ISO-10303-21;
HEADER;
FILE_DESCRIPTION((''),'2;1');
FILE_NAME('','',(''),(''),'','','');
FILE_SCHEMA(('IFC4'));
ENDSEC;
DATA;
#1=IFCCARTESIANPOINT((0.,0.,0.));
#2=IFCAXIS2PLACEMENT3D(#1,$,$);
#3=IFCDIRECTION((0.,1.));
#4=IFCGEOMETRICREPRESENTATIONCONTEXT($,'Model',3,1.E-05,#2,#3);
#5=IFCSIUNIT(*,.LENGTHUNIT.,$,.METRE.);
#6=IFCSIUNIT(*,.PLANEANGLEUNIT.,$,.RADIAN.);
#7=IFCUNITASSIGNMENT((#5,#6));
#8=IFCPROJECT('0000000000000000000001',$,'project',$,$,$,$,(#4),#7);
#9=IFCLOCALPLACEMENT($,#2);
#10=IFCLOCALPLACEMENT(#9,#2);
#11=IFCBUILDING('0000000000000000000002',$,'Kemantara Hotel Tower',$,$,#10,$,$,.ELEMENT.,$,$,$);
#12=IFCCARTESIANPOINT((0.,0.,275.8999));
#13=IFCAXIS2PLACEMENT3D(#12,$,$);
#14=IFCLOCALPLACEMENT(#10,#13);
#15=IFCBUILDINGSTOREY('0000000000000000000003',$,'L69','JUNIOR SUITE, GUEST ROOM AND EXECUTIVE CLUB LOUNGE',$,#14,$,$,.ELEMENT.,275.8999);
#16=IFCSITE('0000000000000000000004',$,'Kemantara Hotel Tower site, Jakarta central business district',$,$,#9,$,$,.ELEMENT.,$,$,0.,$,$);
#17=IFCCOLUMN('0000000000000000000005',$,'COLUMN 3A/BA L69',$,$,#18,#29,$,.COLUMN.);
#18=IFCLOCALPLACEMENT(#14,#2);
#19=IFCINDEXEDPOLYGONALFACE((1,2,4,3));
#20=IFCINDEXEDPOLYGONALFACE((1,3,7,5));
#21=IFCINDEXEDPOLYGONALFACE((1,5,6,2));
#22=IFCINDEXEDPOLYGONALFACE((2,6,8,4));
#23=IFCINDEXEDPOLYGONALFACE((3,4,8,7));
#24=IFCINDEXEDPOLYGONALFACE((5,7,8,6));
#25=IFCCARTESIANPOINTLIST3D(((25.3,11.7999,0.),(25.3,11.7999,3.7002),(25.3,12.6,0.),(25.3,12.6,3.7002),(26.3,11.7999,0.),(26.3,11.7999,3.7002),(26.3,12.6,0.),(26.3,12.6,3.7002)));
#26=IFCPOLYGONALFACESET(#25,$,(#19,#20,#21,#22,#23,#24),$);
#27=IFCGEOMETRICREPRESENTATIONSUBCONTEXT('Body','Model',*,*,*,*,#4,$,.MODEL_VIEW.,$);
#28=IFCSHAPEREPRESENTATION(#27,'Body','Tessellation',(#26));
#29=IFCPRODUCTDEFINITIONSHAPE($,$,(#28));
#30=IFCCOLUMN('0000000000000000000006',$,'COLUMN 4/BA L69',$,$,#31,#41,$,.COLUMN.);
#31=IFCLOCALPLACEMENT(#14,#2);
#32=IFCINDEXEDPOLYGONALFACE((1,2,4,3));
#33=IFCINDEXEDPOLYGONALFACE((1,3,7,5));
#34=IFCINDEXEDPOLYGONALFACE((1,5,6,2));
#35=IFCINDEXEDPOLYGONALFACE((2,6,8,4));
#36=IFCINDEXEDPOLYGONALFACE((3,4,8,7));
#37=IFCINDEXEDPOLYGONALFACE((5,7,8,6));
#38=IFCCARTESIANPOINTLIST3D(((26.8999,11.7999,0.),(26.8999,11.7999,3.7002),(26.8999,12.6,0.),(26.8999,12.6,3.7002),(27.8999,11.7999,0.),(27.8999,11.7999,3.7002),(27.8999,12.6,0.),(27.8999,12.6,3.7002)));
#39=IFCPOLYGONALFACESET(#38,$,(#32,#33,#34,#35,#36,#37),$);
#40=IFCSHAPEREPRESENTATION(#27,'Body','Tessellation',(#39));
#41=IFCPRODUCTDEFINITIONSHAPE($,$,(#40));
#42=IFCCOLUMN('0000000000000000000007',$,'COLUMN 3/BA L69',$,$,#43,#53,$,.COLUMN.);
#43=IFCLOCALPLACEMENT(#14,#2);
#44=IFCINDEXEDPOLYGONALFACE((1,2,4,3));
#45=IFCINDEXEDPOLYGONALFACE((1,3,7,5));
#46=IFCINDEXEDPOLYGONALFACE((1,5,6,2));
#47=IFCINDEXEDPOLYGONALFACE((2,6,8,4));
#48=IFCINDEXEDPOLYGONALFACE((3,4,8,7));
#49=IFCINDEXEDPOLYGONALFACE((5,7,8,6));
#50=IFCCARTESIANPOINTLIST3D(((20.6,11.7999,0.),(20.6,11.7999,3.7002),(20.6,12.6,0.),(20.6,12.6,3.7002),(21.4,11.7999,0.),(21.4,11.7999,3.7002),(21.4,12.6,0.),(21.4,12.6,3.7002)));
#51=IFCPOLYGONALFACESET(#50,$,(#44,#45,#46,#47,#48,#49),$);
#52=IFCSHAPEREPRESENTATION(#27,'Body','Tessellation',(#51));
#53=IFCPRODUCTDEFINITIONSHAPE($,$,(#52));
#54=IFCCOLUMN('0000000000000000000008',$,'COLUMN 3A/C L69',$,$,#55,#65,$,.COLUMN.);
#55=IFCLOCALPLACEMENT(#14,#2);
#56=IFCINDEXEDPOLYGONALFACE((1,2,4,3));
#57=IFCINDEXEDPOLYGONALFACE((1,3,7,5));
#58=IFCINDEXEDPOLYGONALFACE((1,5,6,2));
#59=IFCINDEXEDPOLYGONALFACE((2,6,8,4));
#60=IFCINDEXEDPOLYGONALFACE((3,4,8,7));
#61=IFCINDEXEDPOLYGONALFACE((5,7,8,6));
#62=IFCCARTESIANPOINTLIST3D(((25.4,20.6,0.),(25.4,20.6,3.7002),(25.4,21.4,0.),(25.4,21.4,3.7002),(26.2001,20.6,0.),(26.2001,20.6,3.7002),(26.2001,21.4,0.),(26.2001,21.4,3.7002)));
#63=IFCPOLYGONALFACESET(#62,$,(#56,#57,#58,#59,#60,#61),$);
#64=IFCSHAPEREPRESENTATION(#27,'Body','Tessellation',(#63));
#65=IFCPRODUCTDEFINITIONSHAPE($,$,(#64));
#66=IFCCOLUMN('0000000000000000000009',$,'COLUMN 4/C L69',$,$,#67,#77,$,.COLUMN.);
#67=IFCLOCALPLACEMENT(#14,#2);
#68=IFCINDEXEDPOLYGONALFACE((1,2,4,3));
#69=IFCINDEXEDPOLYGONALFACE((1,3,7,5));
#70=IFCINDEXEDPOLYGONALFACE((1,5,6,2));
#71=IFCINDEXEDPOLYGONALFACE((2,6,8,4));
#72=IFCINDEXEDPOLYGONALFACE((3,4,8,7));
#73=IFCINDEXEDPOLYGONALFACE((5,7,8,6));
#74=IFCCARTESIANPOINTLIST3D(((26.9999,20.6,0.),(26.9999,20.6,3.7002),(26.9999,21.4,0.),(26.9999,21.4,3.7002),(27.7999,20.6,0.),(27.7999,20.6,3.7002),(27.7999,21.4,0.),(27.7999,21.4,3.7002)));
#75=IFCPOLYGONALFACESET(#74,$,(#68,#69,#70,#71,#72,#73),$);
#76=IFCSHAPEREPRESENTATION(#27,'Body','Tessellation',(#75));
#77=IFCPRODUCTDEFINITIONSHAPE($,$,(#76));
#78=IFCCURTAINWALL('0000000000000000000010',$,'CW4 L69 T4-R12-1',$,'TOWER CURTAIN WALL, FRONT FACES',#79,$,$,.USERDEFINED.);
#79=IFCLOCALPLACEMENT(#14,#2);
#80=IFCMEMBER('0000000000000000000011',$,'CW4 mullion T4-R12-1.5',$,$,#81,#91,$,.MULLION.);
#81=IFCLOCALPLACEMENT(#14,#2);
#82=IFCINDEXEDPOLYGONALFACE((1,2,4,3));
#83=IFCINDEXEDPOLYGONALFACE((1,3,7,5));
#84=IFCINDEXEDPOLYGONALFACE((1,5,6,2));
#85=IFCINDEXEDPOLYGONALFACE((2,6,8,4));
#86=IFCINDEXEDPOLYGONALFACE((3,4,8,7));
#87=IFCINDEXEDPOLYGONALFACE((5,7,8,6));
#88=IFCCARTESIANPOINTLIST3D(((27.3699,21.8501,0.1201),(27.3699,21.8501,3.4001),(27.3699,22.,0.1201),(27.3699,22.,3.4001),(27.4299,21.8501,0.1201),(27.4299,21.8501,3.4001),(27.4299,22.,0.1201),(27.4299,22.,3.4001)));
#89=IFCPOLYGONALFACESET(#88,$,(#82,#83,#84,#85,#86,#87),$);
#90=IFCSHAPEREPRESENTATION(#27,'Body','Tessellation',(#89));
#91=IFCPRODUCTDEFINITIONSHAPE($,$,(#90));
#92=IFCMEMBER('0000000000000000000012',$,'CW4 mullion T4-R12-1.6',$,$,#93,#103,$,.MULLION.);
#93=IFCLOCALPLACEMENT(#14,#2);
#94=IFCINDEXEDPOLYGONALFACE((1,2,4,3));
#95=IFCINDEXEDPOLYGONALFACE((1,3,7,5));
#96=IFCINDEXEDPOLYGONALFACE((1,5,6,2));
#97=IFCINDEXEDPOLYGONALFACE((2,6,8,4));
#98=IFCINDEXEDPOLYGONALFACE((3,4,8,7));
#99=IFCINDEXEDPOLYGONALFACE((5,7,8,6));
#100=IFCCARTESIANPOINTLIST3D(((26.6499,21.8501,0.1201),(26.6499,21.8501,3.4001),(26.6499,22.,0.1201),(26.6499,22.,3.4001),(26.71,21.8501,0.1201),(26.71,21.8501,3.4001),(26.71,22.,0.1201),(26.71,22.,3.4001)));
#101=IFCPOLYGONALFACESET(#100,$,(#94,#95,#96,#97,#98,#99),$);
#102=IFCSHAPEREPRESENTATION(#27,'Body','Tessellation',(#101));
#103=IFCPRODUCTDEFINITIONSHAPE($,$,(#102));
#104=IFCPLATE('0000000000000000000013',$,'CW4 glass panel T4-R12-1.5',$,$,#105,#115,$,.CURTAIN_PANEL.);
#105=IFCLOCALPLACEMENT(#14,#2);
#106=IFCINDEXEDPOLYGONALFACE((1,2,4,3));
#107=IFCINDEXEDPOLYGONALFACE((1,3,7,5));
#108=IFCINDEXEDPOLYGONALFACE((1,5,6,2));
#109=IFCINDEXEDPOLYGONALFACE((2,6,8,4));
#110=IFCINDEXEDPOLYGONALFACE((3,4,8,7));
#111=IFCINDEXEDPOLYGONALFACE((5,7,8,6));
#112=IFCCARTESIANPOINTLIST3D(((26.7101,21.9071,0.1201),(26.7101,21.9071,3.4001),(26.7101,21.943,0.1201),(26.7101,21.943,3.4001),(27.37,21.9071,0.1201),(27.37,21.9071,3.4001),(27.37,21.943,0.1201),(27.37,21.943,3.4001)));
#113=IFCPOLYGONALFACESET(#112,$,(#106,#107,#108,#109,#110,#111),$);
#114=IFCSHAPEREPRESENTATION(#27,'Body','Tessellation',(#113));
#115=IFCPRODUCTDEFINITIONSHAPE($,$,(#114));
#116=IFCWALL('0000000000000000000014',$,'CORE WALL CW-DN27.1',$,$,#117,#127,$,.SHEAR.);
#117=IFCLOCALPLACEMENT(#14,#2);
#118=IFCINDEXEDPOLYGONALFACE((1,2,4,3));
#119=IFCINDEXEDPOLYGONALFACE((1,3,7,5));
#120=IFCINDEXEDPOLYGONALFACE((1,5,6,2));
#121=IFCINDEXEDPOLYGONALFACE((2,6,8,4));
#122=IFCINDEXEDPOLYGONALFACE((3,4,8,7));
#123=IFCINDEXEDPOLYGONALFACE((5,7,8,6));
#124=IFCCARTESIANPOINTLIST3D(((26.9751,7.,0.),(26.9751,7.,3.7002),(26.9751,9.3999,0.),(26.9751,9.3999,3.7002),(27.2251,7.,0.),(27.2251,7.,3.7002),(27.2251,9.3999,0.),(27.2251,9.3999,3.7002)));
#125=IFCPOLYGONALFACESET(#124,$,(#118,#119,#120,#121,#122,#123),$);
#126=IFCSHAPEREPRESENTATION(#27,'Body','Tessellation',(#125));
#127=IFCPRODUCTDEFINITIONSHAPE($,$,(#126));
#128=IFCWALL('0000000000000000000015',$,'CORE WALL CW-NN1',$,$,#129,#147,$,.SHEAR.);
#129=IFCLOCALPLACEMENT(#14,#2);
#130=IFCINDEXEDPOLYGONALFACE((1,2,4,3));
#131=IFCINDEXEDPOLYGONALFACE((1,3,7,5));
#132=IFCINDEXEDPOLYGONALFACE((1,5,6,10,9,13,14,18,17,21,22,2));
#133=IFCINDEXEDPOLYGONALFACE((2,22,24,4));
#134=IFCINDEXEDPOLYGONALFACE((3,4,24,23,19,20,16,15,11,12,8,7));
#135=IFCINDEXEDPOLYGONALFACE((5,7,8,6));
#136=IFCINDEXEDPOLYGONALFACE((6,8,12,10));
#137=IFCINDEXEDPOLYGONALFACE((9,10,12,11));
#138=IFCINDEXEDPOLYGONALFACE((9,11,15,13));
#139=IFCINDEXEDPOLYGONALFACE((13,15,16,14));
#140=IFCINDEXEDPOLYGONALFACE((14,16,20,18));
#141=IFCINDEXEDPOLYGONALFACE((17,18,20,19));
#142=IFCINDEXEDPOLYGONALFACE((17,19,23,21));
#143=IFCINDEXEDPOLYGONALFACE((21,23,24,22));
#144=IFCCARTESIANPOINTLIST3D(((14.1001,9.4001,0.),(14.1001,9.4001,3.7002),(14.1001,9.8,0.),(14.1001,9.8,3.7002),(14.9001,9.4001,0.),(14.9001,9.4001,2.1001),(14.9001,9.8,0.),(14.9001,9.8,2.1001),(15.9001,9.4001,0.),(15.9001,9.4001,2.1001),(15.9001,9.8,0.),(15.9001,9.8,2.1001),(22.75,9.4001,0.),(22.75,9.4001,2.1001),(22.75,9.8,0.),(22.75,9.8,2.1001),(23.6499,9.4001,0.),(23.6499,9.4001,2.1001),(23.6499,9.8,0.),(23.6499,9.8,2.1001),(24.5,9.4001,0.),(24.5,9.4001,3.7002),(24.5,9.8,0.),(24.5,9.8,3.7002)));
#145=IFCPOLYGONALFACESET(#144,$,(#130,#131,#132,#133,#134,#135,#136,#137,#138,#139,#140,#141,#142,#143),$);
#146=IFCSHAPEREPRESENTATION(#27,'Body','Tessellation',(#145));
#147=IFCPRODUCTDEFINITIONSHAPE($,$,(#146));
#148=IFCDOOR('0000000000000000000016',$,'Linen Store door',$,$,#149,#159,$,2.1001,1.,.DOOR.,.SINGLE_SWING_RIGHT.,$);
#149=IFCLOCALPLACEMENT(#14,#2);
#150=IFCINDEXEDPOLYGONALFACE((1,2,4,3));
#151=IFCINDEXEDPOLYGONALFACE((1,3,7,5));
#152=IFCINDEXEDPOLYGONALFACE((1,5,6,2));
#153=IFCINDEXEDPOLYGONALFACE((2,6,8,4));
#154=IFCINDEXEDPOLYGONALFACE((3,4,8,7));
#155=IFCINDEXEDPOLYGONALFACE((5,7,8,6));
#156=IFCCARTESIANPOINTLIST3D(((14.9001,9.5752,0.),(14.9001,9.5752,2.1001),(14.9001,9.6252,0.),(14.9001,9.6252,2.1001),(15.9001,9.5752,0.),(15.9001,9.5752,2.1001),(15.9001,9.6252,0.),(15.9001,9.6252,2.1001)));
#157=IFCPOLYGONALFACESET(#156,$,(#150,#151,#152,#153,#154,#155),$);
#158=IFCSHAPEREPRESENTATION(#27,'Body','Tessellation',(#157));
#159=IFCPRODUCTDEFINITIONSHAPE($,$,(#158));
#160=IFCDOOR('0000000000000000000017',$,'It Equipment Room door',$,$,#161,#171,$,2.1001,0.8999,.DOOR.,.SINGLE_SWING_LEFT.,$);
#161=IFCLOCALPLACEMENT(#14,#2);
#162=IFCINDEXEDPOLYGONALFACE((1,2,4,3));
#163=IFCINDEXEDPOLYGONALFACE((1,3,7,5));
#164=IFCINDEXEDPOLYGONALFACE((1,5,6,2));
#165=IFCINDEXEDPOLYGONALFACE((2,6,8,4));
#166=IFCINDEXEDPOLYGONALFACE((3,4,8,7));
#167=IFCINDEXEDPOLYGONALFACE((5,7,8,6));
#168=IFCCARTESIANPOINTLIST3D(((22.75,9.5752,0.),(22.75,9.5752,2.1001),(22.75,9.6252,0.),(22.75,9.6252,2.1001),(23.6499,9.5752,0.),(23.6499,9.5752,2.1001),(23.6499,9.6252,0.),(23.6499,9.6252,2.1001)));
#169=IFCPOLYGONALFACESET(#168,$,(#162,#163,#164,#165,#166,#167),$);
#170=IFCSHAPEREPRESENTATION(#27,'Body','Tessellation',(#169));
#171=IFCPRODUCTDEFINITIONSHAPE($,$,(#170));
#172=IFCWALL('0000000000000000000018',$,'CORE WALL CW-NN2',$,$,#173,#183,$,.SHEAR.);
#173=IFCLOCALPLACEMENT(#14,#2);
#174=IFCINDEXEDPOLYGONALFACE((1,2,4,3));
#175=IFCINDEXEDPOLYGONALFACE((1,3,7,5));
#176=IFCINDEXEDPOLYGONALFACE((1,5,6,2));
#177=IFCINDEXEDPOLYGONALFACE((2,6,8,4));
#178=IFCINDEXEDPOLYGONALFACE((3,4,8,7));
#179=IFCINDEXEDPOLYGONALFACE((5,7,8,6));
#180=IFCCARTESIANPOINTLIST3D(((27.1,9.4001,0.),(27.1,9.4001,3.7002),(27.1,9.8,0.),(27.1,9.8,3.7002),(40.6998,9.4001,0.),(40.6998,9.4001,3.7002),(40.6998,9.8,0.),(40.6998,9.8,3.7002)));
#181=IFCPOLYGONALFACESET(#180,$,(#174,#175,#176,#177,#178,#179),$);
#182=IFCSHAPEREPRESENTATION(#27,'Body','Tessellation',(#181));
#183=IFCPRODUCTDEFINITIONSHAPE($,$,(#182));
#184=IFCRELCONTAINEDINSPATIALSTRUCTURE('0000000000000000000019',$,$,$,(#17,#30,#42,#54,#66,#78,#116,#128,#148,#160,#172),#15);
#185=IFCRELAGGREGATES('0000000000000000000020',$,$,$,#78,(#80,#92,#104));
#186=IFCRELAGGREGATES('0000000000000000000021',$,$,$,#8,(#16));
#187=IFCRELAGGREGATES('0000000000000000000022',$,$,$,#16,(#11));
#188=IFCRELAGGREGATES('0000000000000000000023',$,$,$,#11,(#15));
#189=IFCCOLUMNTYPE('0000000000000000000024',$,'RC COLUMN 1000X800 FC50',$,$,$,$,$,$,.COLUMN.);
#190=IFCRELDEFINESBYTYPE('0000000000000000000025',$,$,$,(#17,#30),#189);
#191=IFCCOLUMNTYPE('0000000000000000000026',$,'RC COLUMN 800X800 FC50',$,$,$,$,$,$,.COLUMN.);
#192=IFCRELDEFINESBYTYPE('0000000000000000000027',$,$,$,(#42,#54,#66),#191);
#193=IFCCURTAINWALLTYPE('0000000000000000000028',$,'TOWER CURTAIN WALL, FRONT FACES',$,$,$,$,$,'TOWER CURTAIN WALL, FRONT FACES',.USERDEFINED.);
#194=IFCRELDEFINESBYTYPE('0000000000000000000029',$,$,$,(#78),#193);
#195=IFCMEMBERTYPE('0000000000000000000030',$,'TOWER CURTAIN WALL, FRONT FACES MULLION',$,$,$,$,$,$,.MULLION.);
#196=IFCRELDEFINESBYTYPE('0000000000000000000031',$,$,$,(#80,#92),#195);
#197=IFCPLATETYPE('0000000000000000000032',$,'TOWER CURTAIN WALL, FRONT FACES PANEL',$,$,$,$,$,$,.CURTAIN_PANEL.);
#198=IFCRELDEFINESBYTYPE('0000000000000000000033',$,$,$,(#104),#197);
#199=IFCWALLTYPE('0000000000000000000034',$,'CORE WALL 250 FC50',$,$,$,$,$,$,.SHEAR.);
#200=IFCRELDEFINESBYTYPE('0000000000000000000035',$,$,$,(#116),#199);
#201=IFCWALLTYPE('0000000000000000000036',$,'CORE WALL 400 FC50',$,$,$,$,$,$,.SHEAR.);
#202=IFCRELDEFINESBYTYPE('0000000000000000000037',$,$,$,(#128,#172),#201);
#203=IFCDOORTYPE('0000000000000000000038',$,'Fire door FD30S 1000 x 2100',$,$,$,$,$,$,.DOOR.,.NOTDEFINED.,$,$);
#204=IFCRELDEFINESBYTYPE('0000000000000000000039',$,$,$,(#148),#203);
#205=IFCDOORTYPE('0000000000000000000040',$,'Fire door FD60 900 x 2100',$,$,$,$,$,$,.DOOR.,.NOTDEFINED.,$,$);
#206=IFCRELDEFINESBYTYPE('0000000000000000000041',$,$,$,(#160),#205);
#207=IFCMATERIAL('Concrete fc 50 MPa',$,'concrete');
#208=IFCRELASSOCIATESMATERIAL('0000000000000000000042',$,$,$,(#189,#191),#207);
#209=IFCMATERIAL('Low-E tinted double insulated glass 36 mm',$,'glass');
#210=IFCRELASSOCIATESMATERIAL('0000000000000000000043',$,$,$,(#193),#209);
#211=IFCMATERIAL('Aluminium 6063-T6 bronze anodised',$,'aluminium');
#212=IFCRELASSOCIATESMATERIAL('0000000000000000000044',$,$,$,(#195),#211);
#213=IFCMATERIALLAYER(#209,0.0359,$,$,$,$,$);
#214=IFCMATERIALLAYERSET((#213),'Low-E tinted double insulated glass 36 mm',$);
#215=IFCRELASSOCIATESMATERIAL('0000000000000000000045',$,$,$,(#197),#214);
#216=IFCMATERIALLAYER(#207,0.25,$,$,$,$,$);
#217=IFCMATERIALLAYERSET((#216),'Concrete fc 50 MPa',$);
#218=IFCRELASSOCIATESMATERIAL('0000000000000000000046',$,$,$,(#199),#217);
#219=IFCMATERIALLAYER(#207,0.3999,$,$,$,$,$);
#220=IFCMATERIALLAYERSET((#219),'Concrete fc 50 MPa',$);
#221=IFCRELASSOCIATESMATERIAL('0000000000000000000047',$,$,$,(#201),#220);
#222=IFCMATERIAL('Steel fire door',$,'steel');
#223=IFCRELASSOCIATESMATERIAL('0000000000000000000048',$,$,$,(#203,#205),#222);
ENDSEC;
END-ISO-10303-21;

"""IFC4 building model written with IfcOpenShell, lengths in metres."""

from ifc_helpers import new_model, si_unit, direction, frame, frame_2d, origin, origin_2d, place, context, subcontext, project, spatial, rectangle, extrude, source, transform, mapped, material, layer, layer_set, material_profile, profile_set, type_object, element, fill, aggregate, save


model = new_model("IFC4")

# Units and contexts
model_context = context("Model", 3, precision=1e-05, world=origin(), true_north=direction((0.0, 1.0)))
body_context = subcontext(model_context, "Body", "Model", "MODEL_VIEW")
ifc_project = project(units=[si_unit("LENGTHUNIT", "METRE"), si_unit("PLANEANGLEUNIT", "RADIAN")], contexts=[model_context])

# Site, building, storey
site_placement = place(None, origin())
site = spatial("IfcSite", under=ifc_project, at=site_placement, Name="Kemantara Hotel Tower site, Jakarta central business district", CompositionType="ELEMENT", RefElevation=0.0)
building_placement = place(site_placement, origin())
building = spatial("IfcBuilding", under=site, at=building_placement, Name="Kemantara Hotel Tower", CompositionType="ELEMENT")
storey_placement = place(building_placement, frame((0.0, 0.0, 275.8999)))
storey = spatial("IfcBuildingStorey", under=building, at=storey_placement, Name="L69", Description="JUNIOR SUITE, GUEST ROOM AND EXECUTIVE CLUB LOUNGE", CompositionType="ELEMENT", Elevation=275.8999)

# Columns
ifc_material_1 = material(Name="Concrete fc 50 MPa", Category="concrete")
ifc_material_profile_1 = material_profile(ifc_material_1, rectangle(XDim=1.0, YDim=0.8, at=origin_2d()), Name="RC 1000X800")
ifc_profile_set_1 = profile_set([ifc_material_profile_1], Name="Concrete fc 50 MPa")
column_type_1 = type_object("IfcColumnType", Name="RC COLUMN 1000X800 FC50", PredefinedType="COLUMN", material=ifc_profile_set_1)
for number, where, z_axis, x_axis, name in (
    (1, (25.8, 12.2, 0.0), (0.0, 0.0, 1.0), (1.0, 0.0, 0.0), "COLUMN 3A/BA L69"),
    (2, (27.3999, 12.2, 0.0), (0.0, 0.0, 1.0), (1.0, 0.0, 0.0), "COLUMN 4/BA L69"),
):
    element("IfcColumn", number, at=place(storey_placement, frame(where, z_axis=z_axis, x_axis=x_axis)), inside=storey, type_object=column_type_1, Name=name, PredefinedType="COLUMN", context=body_context, shape_type="SweptSolid", body=[
        extrude(rectangle(XDim=1.0, YDim=0.8, at=origin_2d()), origin(), (0.0, 0.0, 1.0), 3.7002),
    ])
ifc_material_profile_2 = material_profile(ifc_material_1, rectangle(XDim=0.8, YDim=0.8, at=origin_2d()), Name="RC 800X800")
ifc_profile_set_2 = profile_set([ifc_material_profile_2], Name="Concrete fc 50 MPa")
column_type_2 = type_object("IfcColumnType", Name="RC COLUMN 800X800 FC50", PredefinedType="COLUMN", material=ifc_profile_set_2)
for number, where, z_axis, x_axis, name in (
    (3, (21.0, 12.2, 0.0), (0.0, 0.0, 1.0), (1.0, 0.0, 0.0), "COLUMN 3/BA L69"),
    (4, (25.8, 21.0, 0.0), (0.0, 0.0, 1.0), (1.0, 0.0, 0.0), "COLUMN 3A/C L69"),
    (5, (27.3999, 21.0, 0.0), (0.0, 0.0, 1.0), (1.0, 0.0, 0.0), "COLUMN 4/C L69"),
):
    element("IfcColumn", number, at=place(storey_placement, frame(where, z_axis=z_axis, x_axis=x_axis)), inside=storey, type_object=column_type_2, Name=name, PredefinedType="COLUMN", context=body_context, shape_type="SweptSolid", body=[
        extrude(rectangle(XDim=0.8, YDim=0.8, at=origin_2d()), origin(), (0.0, 0.0, 1.0), 3.7002),
    ])

# Curtain wall, members, plate
ifc_material_2 = material(Name="Low-E tinted double insulated glass 36 mm", Category="glass")
curtain_wall_type = type_object("IfcCurtainWallType", Name="TOWER CURTAIN WALL, FRONT FACES", ElementType="TOWER CURTAIN WALL, FRONT FACES", PredefinedType="USERDEFINED", material=ifc_material_2)
curtain_wall_placement = place(storey_placement, origin())
curtain_wall = element("IfcCurtainWall", 6, at=curtain_wall_placement, inside=storey, type_object=curtain_wall_type, Name="CW4 L69 T4-R12-1", ObjectType="TOWER CURTAIN WALL, FRONT FACES", PredefinedType="USERDEFINED")
ifc_material_3 = material(Name="Aluminium 6063-T6 bronze anodised", Category="aluminium")
ifc_material_profile_3 = material_profile(ifc_material_3, rectangle(XDim=0.1499, YDim=0.0601, at=origin_2d()), Name="TOWER CURTAIN WALL, FRONT FACES MULLION")
ifc_profile_set_3 = profile_set([ifc_material_profile_3], Name="Aluminium 6063-T6 bronze anodised")
member_type = type_object("IfcMemberType", Name="TOWER CURTAIN WALL, FRONT FACES MULLION", PredefinedType="MULLION", material=ifc_profile_set_3)
shared_shape_1 = source(origin(), body_context, "Body", "SweptSolid", [
    extrude(rectangle(XDim=0.1499, YDim=0.0601, at=origin_2d()), origin(), (0.0, 0.0, 1.0), 3.28),
])
member_1_placement = place(storey_placement, frame((27.3999, 21.925, 0.1201), z_axis=(0.0, 0.0, 1.0), x_axis=(0.0, -1.0, 0.0)))
member_1 = element("IfcMember", 7, at=member_1_placement, type_object=member_type, Name="CW4 mullion T4-R12-1.5", PredefinedType="MULLION", context=body_context, shape_type="MappedRepresentation", body=[
    mapped(shared_shape_1, transform((0.0, 0.0, 0.0))),
])
member_2_placement = place(storey_placement, frame((26.6799, 21.925, 0.1201), z_axis=(0.0, 0.0, 1.0), x_axis=(0.0, -1.0, 0.0)))
member_2 = element("IfcMember", 8, at=member_2_placement, type_object=member_type, Name="CW4 mullion T4-R12-1.6", PredefinedType="MULLION", context=body_context, shape_type="MappedRepresentation", body=[
    mapped(shared_shape_1, transform((0.0, 0.0, 0.0))),
])
ifc_layer_1 = layer(ifc_material_2, 0.0359)
ifc_layer_set_1 = layer_set([ifc_layer_1], Name="Low-E tinted double insulated glass 36 mm")
plate_type = type_object("IfcPlateType", Name="TOWER CURTAIN WALL, FRONT FACES PANEL", PredefinedType="CURTAIN_PANEL", material=ifc_layer_set_1)
shared_shape_2 = source(origin(), body_context, "Body", "SweptSolid", [
    extrude(rectangle(XDim=0.6599, YDim=0.0359, at=origin_2d()), origin(), (0.0, 0.0, 1.0), 3.28),
])
plate_placement = place(storey_placement, frame((27.04, 21.925, 0.1201), z_axis=(0.0, 0.0, 1.0), x_axis=(-1.0, 0.0, 0.0)))
plate = element("IfcPlate", 9, at=plate_placement, type_object=plate_type, Name="CW4 glass panel T4-R12-1.5", PredefinedType="CURTAIN_PANEL", context=body_context, shape_type="MappedRepresentation", body=[
    mapped(shared_shape_2, transform((0.0, 0.0, 0.0))),
])
aggregate(curtain_wall, [member_1, member_2, plate])

# Wall
ifc_layer_2 = layer(ifc_material_1, 0.25)
ifc_layer_set_2 = layer_set([ifc_layer_2], Name="Concrete fc 50 MPa")
wall_type_1 = type_object("IfcWallType", Name="CORE WALL 250 FC50", PredefinedType="SHEAR", material=ifc_layer_set_2)
wall_1_placement = place(storey_placement, frame((27.1001, 7.0, 0.0), z_axis=(0.0, 0.0, 1.0), x_axis=(0.0, 1.0, 0.0)))
element("IfcWall", 10, at=wall_1_placement, inside=storey, type_object=wall_type_1, Name="CORE WALL CW-DN27.1", PredefinedType="SHEAR", context=body_context, shape_type="SweptSolid", body=[
    extrude(rectangle(XDim=2.3999, YDim=0.25, at=frame_2d((1.2, 0.0))), origin(), (0.0, 0.0, 1.0), 3.7002),
])

# Wall, openings, doors
ifc_layer_3 = layer(ifc_material_1, 0.3999)
ifc_layer_set_3 = layer_set([ifc_layer_3], Name="Concrete fc 50 MPa")
wall_type_2 = type_object("IfcWallType", Name="CORE WALL 400 FC50", PredefinedType="SHEAR", material=ifc_layer_set_3)
wall_2_placement = place(storey_placement, frame((14.1001, 9.6001, 0.0), z_axis=(0.0, 0.0, 1.0), x_axis=(1.0, 0.0, 0.0)))
wall_2 = element("IfcWall", 11, at=wall_2_placement, inside=storey, type_object=wall_type_2, Name="CORE WALL CW-NN1", PredefinedType="SHEAR", context=body_context, shape_type="SweptSolid", body=[
    extrude(rectangle(XDim=10.3999, YDim=0.3999, at=frame_2d((5.2, 0.0))), origin(), (0.0, 0.0, 1.0), 3.7002),
])
opening_1_placement = place(wall_2_placement, frame((0.8, 0.0, 0.0)))
opening_1 = element("IfcOpeningElement", 12, at=opening_1_placement, cuts=wall_2, PredefinedType="OPENING", context=body_context, shape_type="SweptSolid", body=[
    extrude(rectangle(XDim=1.0, YDim=2.1001, at=frame_2d((0.5, 1.05))), frame((0.0, 0.21, 0.0), z_axis=(0.0, -1.0, 0.0), x_axis=(1.0, 0.0, 0.0)), (0.0, 0.0, 1.0), 0.4199),
])
opening_2_placement = place(wall_2_placement, frame((8.6499, 0.0, 0.0)))
opening_2 = element("IfcOpeningElement", 13, at=opening_2_placement, cuts=wall_2, PredefinedType="OPENING", context=body_context, shape_type="SweptSolid", body=[
    extrude(rectangle(XDim=0.8999, YDim=2.1001, at=frame_2d((0.45, 1.05))), frame((0.0, 0.21, 0.0), z_axis=(0.0, -1.0, 0.0), x_axis=(1.0, 0.0, 0.0)), (0.0, 0.0, 1.0), 0.4199),
])
ifc_material_4 = material(Name="Steel fire door", Category="steel")
door_type_1 = type_object("IfcDoorType", Name="Fire door FD30S 1000 x 2100", OperationType="NOTDEFINED", PredefinedType="DOOR", material=ifc_material_4)
door_1_placement = place(opening_1_placement, frame((1.0, 0.0, 0.0), z_axis=(0.0, 0.0, 1.0), x_axis=(-1.0, 0.0, 0.0)))
door_1 = element("IfcDoor", 14, at=door_1_placement, inside=storey, type_object=door_type_1, Name="Linen Store door", OperationType="SINGLE_SWING_RIGHT", OverallHeight=2.1001, OverallWidth=1.0, PredefinedType="DOOR", context=body_context, shape_type="SweptSolid", body=[
    extrude(rectangle(XDim=1.0, YDim=2.1001, at=frame_2d((0.5, 1.05))), frame((0.0, 0.0249, 0.0), z_axis=(0.0, -1.0, 0.0), x_axis=(1.0, 0.0, 0.0)), (0.0, 0.0, 1.0), 0.05),
])
fill(opening_1, door_1)
door_type_2 = type_object("IfcDoorType", Name="Fire door FD60 900 x 2100", OperationType="NOTDEFINED", PredefinedType="DOOR", material=ifc_material_4)
door_2_placement = place(opening_2_placement, frame((0.8999, 0.0, 0.0), z_axis=(0.0, 0.0, 1.0), x_axis=(-1.0, 0.0, 0.0)))
door_2 = element("IfcDoor", 15, at=door_2_placement, inside=storey, type_object=door_type_2, Name="It Equipment Room door", OperationType="SINGLE_SWING_LEFT", OverallHeight=2.1001, OverallWidth=0.8999, PredefinedType="DOOR", context=body_context, shape_type="SweptSolid", body=[
    extrude(rectangle(XDim=0.8999, YDim=2.1001, at=frame_2d((0.45, 1.05))), frame((0.0, 0.0249, 0.0), z_axis=(0.0, -1.0, 0.0), x_axis=(1.0, 0.0, 0.0)), (0.0, 0.0, 1.0), 0.05),
])
fill(opening_2, door_2)

# Wall
wall_3_placement = place(storey_placement, frame((27.1001, 9.6001, 0.0), z_axis=(0.0, 0.0, 1.0), x_axis=(1.0, 0.0, 0.0)))
element("IfcWall", 16, at=wall_3_placement, inside=storey, type_object=wall_type_2, Name="CORE WALL CW-NN2", PredefinedType="SHEAR", context=body_context, shape_type="SweptSolid", body=[
    extrude(rectangle(XDim=13.5999, YDim=0.3999, at=frame_2d((6.7998, 0.0))), origin(), (0.0, 0.0, 1.0), 3.7002),
])

save(model, "model.ifc")
